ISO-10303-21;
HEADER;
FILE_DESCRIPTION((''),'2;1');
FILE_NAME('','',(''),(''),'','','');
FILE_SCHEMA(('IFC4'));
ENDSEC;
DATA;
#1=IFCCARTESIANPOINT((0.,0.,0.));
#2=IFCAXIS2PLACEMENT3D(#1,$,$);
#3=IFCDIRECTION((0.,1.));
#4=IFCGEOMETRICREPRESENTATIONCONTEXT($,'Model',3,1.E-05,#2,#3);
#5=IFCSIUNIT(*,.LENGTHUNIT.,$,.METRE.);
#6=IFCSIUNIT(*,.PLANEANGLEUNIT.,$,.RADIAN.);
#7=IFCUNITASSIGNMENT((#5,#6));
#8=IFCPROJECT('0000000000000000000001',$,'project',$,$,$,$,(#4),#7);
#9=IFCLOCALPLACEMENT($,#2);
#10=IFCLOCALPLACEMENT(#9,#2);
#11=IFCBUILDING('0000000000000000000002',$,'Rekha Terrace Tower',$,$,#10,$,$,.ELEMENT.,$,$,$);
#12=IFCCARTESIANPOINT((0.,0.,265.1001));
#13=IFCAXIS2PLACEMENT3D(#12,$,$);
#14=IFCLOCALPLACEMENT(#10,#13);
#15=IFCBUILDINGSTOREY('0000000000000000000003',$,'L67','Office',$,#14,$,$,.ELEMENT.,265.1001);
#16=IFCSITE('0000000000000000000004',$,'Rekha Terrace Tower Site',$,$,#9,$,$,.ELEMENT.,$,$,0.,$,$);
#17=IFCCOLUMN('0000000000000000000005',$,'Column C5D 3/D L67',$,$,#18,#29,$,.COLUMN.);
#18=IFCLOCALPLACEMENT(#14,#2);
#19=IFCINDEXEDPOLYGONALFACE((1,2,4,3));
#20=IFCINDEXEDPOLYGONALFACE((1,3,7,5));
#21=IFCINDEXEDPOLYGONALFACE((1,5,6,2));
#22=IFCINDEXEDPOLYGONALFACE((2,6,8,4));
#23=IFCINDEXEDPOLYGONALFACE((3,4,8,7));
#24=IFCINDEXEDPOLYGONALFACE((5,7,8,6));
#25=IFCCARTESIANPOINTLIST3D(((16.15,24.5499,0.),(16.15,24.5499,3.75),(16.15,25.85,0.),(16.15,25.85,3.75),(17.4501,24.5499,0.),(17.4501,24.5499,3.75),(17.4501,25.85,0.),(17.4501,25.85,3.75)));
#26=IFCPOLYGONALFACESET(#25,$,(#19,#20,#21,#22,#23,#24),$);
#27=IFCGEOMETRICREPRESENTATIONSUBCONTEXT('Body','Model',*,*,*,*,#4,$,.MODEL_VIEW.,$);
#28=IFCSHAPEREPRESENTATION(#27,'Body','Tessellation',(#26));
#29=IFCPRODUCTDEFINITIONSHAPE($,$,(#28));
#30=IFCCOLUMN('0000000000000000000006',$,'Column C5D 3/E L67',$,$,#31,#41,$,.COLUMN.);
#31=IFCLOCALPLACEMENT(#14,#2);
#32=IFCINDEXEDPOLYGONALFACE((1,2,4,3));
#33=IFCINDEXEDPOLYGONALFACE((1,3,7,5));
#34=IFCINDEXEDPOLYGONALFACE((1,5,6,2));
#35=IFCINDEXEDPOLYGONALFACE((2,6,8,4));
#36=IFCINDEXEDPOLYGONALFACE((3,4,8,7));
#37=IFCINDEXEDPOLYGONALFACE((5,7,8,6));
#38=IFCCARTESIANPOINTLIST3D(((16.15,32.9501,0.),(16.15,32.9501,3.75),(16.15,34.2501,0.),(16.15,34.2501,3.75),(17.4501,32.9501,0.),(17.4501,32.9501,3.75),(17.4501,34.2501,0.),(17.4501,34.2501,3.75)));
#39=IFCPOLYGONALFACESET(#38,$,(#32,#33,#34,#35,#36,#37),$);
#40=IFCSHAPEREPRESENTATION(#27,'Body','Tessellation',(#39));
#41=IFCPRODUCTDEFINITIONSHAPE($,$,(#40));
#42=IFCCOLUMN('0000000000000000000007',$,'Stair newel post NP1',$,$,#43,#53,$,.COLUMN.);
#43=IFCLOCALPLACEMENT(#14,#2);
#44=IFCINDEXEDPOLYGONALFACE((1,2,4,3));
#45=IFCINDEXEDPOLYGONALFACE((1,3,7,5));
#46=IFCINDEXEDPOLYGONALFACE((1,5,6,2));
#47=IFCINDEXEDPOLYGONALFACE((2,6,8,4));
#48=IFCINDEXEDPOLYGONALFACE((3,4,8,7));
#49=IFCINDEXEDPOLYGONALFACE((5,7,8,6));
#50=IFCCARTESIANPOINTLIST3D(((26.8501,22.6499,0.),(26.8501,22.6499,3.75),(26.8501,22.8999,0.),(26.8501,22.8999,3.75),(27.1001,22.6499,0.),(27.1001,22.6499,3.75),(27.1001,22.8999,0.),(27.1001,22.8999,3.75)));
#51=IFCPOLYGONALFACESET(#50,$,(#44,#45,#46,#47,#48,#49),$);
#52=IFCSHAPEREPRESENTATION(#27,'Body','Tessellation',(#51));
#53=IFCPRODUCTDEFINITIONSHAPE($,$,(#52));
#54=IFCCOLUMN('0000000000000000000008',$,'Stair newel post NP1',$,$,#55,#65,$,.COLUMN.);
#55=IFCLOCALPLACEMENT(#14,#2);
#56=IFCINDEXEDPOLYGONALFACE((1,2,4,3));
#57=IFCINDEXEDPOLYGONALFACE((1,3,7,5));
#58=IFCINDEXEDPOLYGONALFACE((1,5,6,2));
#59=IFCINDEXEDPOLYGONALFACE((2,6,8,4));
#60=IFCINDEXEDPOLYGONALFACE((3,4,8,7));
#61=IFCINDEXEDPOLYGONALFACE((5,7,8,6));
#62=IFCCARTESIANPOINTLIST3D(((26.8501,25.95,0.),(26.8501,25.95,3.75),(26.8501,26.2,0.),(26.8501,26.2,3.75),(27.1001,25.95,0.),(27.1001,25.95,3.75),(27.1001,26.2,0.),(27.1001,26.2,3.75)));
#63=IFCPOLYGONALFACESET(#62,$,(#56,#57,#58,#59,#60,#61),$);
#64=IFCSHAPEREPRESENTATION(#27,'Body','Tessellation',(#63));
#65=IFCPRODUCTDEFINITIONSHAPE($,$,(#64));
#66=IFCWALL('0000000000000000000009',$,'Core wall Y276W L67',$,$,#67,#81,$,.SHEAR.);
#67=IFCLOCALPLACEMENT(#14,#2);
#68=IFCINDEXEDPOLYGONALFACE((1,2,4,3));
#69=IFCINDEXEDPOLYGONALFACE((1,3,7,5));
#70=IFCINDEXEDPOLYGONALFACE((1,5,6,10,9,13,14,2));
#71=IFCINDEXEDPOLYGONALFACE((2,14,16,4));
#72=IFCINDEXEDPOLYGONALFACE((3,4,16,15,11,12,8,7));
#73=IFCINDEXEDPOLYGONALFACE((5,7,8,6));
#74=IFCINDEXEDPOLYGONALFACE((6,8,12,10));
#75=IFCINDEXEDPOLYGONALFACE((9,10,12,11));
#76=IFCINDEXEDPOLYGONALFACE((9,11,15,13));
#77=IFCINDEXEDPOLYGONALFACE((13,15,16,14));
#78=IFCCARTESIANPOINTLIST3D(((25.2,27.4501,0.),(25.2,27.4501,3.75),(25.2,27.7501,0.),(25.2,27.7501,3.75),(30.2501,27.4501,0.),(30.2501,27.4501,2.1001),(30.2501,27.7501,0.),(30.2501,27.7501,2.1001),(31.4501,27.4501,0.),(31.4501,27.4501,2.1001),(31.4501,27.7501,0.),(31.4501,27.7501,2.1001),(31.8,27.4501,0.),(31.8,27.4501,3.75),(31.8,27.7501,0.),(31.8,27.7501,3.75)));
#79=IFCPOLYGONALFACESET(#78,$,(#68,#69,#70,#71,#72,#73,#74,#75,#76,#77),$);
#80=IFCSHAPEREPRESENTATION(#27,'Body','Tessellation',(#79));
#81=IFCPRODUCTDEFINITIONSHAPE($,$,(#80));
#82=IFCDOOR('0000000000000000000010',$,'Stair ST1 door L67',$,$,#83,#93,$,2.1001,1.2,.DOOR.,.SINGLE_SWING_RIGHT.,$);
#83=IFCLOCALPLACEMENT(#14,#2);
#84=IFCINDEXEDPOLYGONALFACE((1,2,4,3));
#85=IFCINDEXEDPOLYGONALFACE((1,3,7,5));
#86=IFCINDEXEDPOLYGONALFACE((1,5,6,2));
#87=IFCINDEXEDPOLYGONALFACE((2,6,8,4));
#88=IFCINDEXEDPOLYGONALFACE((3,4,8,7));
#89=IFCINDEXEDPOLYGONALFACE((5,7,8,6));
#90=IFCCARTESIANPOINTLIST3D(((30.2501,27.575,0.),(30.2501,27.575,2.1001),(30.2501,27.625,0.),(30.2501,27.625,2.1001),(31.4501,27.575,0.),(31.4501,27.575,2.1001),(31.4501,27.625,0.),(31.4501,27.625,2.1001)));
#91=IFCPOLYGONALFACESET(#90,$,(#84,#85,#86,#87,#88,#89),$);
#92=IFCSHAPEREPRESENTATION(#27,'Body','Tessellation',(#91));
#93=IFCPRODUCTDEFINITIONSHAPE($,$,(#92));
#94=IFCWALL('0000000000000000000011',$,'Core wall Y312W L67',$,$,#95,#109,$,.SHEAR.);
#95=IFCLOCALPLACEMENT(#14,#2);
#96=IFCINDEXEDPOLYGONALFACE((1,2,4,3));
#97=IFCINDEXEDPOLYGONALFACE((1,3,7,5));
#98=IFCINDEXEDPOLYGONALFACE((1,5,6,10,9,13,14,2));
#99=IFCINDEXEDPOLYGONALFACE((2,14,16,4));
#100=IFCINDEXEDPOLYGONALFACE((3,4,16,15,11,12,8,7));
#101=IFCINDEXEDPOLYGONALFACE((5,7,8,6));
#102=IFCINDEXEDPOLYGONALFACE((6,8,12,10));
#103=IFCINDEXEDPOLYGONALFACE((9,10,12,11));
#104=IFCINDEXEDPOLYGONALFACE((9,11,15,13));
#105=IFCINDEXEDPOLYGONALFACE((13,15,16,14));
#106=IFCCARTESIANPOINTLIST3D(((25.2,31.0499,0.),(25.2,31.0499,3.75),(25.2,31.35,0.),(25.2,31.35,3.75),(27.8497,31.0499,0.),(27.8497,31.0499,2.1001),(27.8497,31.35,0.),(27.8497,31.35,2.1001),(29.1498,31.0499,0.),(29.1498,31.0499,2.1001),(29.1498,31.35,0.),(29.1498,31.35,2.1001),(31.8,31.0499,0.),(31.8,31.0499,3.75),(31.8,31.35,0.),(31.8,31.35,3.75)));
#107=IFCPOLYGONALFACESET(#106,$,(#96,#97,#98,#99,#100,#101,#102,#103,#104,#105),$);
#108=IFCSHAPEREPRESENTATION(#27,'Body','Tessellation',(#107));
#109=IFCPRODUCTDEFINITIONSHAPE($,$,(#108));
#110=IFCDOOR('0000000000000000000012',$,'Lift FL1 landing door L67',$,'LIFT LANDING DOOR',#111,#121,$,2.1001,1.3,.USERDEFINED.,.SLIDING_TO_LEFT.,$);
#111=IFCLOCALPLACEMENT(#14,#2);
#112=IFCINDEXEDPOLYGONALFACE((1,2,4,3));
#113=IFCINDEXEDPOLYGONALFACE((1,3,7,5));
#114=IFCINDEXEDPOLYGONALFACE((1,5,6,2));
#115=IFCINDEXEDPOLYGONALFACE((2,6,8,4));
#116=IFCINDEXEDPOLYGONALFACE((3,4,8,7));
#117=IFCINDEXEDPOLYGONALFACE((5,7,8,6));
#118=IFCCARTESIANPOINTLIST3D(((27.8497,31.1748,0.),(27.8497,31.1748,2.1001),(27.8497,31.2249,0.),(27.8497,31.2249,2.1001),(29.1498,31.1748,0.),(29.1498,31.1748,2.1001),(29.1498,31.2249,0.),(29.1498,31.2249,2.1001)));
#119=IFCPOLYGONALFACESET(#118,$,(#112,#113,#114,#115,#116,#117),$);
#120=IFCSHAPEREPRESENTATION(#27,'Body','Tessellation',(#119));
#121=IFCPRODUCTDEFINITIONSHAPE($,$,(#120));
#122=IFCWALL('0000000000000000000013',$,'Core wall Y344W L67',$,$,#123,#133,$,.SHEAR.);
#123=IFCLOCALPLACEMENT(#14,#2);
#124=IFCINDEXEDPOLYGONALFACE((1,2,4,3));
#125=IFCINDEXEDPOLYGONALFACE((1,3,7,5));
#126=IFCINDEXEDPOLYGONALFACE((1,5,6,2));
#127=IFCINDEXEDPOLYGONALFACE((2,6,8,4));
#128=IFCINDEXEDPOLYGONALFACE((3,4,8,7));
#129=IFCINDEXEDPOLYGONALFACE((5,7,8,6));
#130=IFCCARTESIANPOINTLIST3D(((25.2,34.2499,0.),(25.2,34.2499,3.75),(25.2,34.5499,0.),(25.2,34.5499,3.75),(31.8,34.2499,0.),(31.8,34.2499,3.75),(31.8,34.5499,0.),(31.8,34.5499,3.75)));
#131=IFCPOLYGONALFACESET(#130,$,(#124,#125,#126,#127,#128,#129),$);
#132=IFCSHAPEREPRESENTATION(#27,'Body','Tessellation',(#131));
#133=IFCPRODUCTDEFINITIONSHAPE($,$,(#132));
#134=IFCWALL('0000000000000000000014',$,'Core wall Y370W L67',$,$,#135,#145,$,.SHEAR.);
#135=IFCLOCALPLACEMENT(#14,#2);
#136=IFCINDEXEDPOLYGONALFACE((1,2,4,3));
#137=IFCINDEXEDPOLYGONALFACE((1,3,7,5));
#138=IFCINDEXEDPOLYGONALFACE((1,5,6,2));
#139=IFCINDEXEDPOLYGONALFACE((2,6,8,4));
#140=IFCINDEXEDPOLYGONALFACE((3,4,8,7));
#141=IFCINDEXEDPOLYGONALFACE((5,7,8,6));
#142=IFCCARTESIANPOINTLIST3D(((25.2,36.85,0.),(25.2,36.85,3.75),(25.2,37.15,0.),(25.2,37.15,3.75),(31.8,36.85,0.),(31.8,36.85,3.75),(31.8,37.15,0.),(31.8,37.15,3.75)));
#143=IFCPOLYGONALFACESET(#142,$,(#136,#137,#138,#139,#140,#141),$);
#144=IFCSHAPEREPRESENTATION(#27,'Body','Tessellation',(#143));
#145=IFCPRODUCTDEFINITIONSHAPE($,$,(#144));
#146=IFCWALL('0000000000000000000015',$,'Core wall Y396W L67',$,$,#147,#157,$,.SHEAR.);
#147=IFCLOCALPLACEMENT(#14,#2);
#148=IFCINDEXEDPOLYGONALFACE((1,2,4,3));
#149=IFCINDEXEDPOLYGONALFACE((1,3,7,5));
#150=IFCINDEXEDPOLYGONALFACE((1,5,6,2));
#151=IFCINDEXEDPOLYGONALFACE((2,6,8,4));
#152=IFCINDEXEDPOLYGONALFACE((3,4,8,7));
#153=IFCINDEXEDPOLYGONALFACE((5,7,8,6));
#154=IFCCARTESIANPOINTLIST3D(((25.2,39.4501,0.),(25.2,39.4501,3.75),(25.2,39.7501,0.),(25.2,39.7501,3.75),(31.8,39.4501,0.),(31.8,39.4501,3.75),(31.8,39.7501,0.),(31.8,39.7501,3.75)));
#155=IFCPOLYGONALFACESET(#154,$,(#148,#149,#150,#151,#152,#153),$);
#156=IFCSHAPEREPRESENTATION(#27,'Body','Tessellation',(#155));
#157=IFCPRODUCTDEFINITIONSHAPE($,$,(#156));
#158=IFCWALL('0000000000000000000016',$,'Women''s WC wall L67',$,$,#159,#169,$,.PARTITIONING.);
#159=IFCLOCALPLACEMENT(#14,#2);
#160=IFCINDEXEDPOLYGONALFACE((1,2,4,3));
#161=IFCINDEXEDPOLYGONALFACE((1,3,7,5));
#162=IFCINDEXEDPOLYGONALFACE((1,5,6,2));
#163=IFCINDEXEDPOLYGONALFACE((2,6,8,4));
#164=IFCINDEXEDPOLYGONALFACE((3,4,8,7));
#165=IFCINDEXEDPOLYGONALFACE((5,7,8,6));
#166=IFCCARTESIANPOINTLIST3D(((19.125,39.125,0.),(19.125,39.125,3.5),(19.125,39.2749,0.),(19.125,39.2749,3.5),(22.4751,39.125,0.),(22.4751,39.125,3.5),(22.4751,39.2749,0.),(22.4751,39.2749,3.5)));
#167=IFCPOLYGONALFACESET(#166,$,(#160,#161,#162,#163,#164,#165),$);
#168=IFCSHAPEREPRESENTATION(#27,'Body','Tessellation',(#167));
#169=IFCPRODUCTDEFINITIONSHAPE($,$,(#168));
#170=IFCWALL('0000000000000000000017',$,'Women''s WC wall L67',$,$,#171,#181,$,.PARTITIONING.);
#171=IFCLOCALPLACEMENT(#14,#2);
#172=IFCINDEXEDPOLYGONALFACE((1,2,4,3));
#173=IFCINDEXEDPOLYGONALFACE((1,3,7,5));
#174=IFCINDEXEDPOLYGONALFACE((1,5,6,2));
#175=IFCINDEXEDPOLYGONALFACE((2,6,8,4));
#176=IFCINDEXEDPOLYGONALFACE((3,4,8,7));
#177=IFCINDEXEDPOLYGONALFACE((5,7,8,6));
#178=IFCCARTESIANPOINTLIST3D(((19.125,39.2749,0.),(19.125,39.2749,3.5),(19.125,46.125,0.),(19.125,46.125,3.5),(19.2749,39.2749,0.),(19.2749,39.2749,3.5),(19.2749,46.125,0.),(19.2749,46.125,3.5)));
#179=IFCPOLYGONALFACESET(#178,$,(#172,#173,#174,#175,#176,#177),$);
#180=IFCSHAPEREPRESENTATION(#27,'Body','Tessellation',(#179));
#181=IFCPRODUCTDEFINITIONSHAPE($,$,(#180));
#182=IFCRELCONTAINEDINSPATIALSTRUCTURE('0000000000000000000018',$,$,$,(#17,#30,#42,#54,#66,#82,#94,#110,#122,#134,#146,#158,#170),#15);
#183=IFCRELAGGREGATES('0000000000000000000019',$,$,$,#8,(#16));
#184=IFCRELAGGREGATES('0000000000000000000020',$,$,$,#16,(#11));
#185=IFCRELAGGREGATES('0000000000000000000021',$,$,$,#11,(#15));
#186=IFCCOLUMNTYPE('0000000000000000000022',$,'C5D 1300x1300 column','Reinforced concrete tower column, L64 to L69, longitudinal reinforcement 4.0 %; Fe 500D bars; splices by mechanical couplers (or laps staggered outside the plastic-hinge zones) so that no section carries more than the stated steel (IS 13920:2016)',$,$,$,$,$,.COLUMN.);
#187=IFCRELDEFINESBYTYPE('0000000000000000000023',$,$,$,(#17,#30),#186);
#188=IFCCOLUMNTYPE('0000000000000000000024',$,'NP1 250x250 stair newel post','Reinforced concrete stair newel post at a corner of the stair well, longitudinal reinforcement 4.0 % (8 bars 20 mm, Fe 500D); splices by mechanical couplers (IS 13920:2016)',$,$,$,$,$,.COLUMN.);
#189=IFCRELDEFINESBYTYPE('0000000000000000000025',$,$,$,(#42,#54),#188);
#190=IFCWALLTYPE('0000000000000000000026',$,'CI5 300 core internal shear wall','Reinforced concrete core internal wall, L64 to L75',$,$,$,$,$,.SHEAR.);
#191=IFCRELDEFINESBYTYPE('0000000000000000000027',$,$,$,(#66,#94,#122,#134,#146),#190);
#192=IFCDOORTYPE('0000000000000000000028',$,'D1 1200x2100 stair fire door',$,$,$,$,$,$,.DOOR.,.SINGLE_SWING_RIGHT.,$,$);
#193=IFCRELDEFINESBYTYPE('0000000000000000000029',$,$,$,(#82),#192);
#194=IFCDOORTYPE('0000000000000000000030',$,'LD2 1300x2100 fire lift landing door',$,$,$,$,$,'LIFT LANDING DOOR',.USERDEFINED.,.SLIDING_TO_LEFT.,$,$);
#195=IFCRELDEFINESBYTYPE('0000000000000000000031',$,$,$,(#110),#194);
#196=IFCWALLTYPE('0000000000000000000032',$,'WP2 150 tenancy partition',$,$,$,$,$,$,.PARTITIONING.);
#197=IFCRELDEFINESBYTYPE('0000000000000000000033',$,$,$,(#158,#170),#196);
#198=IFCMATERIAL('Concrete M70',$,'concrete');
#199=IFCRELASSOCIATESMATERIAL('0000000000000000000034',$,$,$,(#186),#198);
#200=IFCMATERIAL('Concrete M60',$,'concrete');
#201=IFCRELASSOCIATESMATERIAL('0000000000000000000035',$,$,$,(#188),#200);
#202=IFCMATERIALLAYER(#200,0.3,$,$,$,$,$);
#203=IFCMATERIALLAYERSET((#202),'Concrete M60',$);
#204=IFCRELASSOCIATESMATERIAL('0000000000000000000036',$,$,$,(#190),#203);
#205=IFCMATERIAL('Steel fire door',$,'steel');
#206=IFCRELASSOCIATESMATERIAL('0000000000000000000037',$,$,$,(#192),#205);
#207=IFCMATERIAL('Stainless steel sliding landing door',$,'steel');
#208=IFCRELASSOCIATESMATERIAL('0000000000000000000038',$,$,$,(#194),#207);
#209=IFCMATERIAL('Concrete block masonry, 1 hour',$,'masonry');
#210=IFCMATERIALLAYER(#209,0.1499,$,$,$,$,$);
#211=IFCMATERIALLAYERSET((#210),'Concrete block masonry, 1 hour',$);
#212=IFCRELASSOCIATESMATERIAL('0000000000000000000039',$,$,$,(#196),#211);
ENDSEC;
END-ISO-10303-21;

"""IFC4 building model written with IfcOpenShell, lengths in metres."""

from ifc_helpers import new_model, si_unit, direction, frame, frame_2d, origin, origin_2d, place, context, subcontext, project, spatial, rectangle, extrude, material, layer, layer_set, material_profile, profile_set, type_object, element, fill, save


model = new_model("IFC4")

# Units and contexts
model_context = context("Model", 3, precision=1e-05, world=origin(), true_north=direction((0.0, 1.0)))
body_context = subcontext(model_context, "Body", "Model", "MODEL_VIEW")
ifc_project = project(units=[si_unit("LENGTHUNIT", "METRE"), si_unit("PLANEANGLEUNIT", "RADIAN")], contexts=[model_context])

# Site, building, storey
site_placement = place(None, origin())
site = spatial("IfcSite", under=ifc_project, at=site_placement, Name="Rekha Terrace Tower Site", CompositionType="ELEMENT", RefElevation=0.0)
building_placement = place(site_placement, origin())
building = spatial("IfcBuilding", under=site, at=building_placement, Name="Rekha Terrace Tower", CompositionType="ELEMENT")
storey_placement = place(building_placement, frame((0.0, 0.0, 265.1001)))
storey = spatial("IfcBuildingStorey", under=building, at=storey_placement, Name="L67", Description="Office", CompositionType="ELEMENT", Elevation=265.1001)

# Columns
ifc_material_1 = material(Name="Concrete M70", Category="concrete")
ifc_material_profile_1 = material_profile(ifc_material_1, rectangle(XDim=1.3, YDim=1.3, at=origin_2d()), Name="RC 1300x1300")
ifc_profile_set_1 = profile_set([ifc_material_profile_1], Name="Concrete M70")
column_type_1 = type_object("IfcColumnType", Name="C5D 1300x1300 column", Description="Reinforced concrete tower column, L64 to L69, longitudinal reinforcement 4.0 %; Fe 500D bars; splices by mechanical couplers (or laps staggered outside the plastic-hinge zones) so that no section carries more than the stated steel (IS 13920:2016)", PredefinedType="COLUMN", material=ifc_profile_set_1)
for number, where, z_axis, x_axis, name in (
    (1, (16.8, 25.2, 0.0), (0.0, 0.0, 1.0), (1.0, 0.0, 0.0), "Column C5D 3/D L67"),
    (2, (16.8, 33.6001, 0.0), (0.0, 0.0, 1.0), (1.0, 0.0, 0.0), "Column C5D 3/E L67"),
):
    element("IfcColumn", number, at=place(storey_placement, frame(where, z_axis=z_axis, x_axis=x_axis)), inside=storey, type_object=column_type_1, Name=name, PredefinedType="COLUMN", context=body_context, shape_type="SweptSolid", body=[
        extrude(rectangle(XDim=1.3, YDim=1.3, at=origin_2d()), origin(), (0.0, 0.0, 1.0), 3.75),
    ])
ifc_material_2 = material(Name="Concrete M60", Category="concrete")
ifc_material_profile_2 = material_profile(ifc_material_2, rectangle(XDim=0.25, YDim=0.25, at=origin_2d()), Name="RC 250x250")
ifc_profile_set_2 = profile_set([ifc_material_profile_2], Name="Concrete M60")
column_type_2 = type_object("IfcColumnType", Name="NP1 250x250 stair newel post", Description="Reinforced concrete stair newel post at a corner of the stair well, longitudinal reinforcement 4.0 % (8 bars 20 mm, Fe 500D); splices by mechanical couplers (IS 13920:2016)", PredefinedType="COLUMN", material=ifc_profile_set_2)
for number, where, z_axis, x_axis, name in (
    (3, (26.9751, 22.7749, 0.0), (0.0, 0.0, 1.0), (1.0, 0.0, 0.0), "Stair newel post NP1"),
    (4, (26.9751, 26.075, 0.0), (0.0, 0.0, 1.0), (1.0, 0.0, 0.0), "Stair newel post NP1"),
):
    element("IfcColumn", number, at=place(storey_placement, frame(where, z_axis=z_axis, x_axis=x_axis)), inside=storey, type_object=column_type_2, Name=name, PredefinedType="COLUMN", context=body_context, shape_type="SweptSolid", body=[
        extrude(rectangle(XDim=0.25, YDim=0.25, at=origin_2d()), origin(), (0.0, 0.0, 1.0), 3.75),
    ])

# Walls, openings, doors
ifc_layer_1 = layer(ifc_material_2, 0.3)
ifc_layer_set_1 = layer_set([ifc_layer_1], Name="Concrete M60")
wall_type_1 = type_object("IfcWallType", Name="CI5 300 core internal shear wall", Description="Reinforced concrete core internal wall, L64 to L75", PredefinedType="SHEAR", material=ifc_layer_set_1)
wall_1_placement = place(storey_placement, frame((25.2, 27.6001, 0.0), z_axis=(0.0, 0.0, 1.0), x_axis=(1.0, 0.0, 0.0)))
wall_1 = element("IfcWall", 5, at=wall_1_placement, inside=storey, type_object=wall_type_1, Name="Core wall Y276W L67", PredefinedType="SHEAR", context=body_context, shape_type="SweptSolid", body=[
    extrude(rectangle(XDim=6.6001, YDim=0.3, at=frame_2d((3.3, 0.0))), origin(), (0.0, 0.0, 1.0), 3.75),
])
opening_1_placement = place(wall_1_placement, frame((5.05, 0.0, 0.0)))
opening_1 = element("IfcOpeningElement", 6, at=opening_1_placement, cuts=wall_1, PredefinedType="OPENING", context=body_context, shape_type="SweptSolid", body=[
    extrude(rectangle(XDim=1.2, YDim=2.1001, at=frame_2d((0.6001, 1.05))), frame((0.0, 0.1599, 0.0), z_axis=(0.0, -1.0, 0.0), x_axis=(1.0, 0.0, 0.0)), (0.0, 0.0, 1.0), 0.3201),
])
ifc_material_3 = material(Name="Steel fire door", Category="steel")
door_type_1 = type_object("IfcDoorType", Name="D1 1200x2100 stair fire door", OperationType="SINGLE_SWING_RIGHT", PredefinedType="DOOR", material=ifc_material_3)
door_1_placement = place(opening_1_placement, origin())
door_1 = element("IfcDoor", 7, at=door_1_placement, inside=storey, type_object=door_type_1, Name="Stair ST1 door L67", OperationType="SINGLE_SWING_RIGHT", OverallHeight=2.1001, OverallWidth=1.2, PredefinedType="DOOR", context=body_context, shape_type="SweptSolid", body=[
    extrude(rectangle(XDim=1.2, YDim=2.1001, at=frame_2d((0.6001, 1.05))), frame((0.0, 0.0249, 0.0), z_axis=(0.0, -1.0, 0.0), x_axis=(1.0, 0.0, 0.0)), (0.0, 0.0, 1.0), 0.05),
])
fill(opening_1, door_1)
wall_2_placement = place(storey_placement, frame((25.2, 31.2, 0.0), z_axis=(0.0, 0.0, 1.0), x_axis=(1.0, 0.0, 0.0)))
wall_2 = element("IfcWall", 8, at=wall_2_placement, inside=storey, type_object=wall_type_1, Name="Core wall Y312W L67", PredefinedType="SHEAR", context=body_context, shape_type="SweptSolid", body=[
    extrude(rectangle(XDim=6.6001, YDim=0.3, at=frame_2d((3.3, 0.0))), origin(), (0.0, 0.0, 1.0), 3.75),
])
opening_2_placement = place(wall_2_placement, frame((2.6499, 0.0, 0.0)))
opening_2 = element("IfcOpeningElement", 9, at=opening_2_placement, cuts=wall_2, PredefinedType="OPENING", context=body_context, shape_type="SweptSolid", body=[
    extrude(rectangle(XDim=1.3, YDim=2.1001, at=frame_2d((0.6499, 1.05))), frame((0.0, 0.1599, 0.0), z_axis=(0.0, -1.0, 0.0), x_axis=(1.0, 0.0, 0.0)), (0.0, 0.0, 1.0), 0.3201),
])
ifc_material_4 = material(Name="Stainless steel sliding landing door", Category="steel")
door_type_2 = type_object("IfcDoorType", Name="LD2 1300x2100 fire lift landing door", ElementType="LIFT LANDING DOOR", OperationType="SLIDING_TO_LEFT", PredefinedType="USERDEFINED", material=ifc_material_4)
door_2_placement = place(opening_2_placement, origin())
door_2 = element("IfcDoor", 10, at=door_2_placement, inside=storey, type_object=door_type_2, Name="Lift FL1 landing door L67", ObjectType="LIFT LANDING DOOR", OperationType="SLIDING_TO_LEFT", OverallHeight=2.1001, OverallWidth=1.3, PredefinedType="USERDEFINED", context=body_context, shape_type="SweptSolid", body=[
    extrude(rectangle(XDim=1.3, YDim=2.1001, at=frame_2d((0.6499, 1.05))), frame((0.0, 0.0249, 0.0), z_axis=(0.0, -1.0, 0.0), x_axis=(1.0, 0.0, 0.0)), (0.0, 0.0, 1.0), 0.05),
])
fill(opening_2, door_2)

# Walls
for number, where, z_axis, x_axis, name in (
    (11, (25.2, 34.3999, 0.0), (0.0, 0.0, 1.0), (1.0, 0.0, 0.0), "Core wall Y344W L67"),
    (12, (25.2, 37.0, 0.0), (0.0, 0.0, 1.0), (1.0, 0.0, 0.0), "Core wall Y370W L67"),
    (13, (25.2, 39.6001, 0.0), (0.0, 0.0, 1.0), (1.0, 0.0, 0.0), "Core wall Y396W L67"),
):
    element("IfcWall", number, at=place(storey_placement, frame(where, z_axis=z_axis, x_axis=x_axis)), inside=storey, type_object=wall_type_1, Name=name, PredefinedType="SHEAR", context=body_context, shape_type="SweptSolid", body=[
        extrude(rectangle(XDim=6.6001, YDim=0.3, at=frame_2d((3.3, 0.0))), origin(), (0.0, 0.0, 1.0), 3.75),
    ])
ifc_material_5 = material(Name="Concrete block masonry, 1 hour", Category="masonry")
ifc_layer_2 = layer(ifc_material_5, 0.1499)
ifc_layer_set_2 = layer_set([ifc_layer_2], Name="Concrete block masonry, 1 hour")
wall_type_2 = type_object("IfcWallType", Name="WP2 150 tenancy partition", PredefinedType="PARTITIONING", material=ifc_layer_set_2)
wall_3_placement = place(storey_placement, frame((19.125, 39.2, 0.0), z_axis=(0.0, 0.0, 1.0), x_axis=(1.0, 0.0, 0.0)))
element("IfcWall", 14, at=wall_3_placement, inside=storey, type_object=wall_type_2, Name="Women's WC wall L67", PredefinedType="PARTITIONING", context=body_context, shape_type="SweptSolid", body=[
    extrude(rectangle(XDim=3.3501, YDim=0.1499, at=frame_2d((1.675, 0.0))), origin(), (0.0, 0.0, 1.0), 3.5),
])
wall_4_placement = place(storey_placement, frame((19.2, 39.2749, 0.0), z_axis=(0.0, 0.0, 1.0), x_axis=(0.0, 1.0, 0.0)))
element("IfcWall", 15, at=wall_4_placement, inside=storey, type_object=wall_type_2, Name="Women's WC wall L67", PredefinedType="PARTITIONING", context=body_context, shape_type="SweptSolid", body=[
    extrude(rectangle(XDim=6.8501, YDim=0.1499, at=frame_2d((3.425, 0.0))), origin(), (0.0, 0.0, 1.0), 3.5),
])

save(model, "model.ifc")
